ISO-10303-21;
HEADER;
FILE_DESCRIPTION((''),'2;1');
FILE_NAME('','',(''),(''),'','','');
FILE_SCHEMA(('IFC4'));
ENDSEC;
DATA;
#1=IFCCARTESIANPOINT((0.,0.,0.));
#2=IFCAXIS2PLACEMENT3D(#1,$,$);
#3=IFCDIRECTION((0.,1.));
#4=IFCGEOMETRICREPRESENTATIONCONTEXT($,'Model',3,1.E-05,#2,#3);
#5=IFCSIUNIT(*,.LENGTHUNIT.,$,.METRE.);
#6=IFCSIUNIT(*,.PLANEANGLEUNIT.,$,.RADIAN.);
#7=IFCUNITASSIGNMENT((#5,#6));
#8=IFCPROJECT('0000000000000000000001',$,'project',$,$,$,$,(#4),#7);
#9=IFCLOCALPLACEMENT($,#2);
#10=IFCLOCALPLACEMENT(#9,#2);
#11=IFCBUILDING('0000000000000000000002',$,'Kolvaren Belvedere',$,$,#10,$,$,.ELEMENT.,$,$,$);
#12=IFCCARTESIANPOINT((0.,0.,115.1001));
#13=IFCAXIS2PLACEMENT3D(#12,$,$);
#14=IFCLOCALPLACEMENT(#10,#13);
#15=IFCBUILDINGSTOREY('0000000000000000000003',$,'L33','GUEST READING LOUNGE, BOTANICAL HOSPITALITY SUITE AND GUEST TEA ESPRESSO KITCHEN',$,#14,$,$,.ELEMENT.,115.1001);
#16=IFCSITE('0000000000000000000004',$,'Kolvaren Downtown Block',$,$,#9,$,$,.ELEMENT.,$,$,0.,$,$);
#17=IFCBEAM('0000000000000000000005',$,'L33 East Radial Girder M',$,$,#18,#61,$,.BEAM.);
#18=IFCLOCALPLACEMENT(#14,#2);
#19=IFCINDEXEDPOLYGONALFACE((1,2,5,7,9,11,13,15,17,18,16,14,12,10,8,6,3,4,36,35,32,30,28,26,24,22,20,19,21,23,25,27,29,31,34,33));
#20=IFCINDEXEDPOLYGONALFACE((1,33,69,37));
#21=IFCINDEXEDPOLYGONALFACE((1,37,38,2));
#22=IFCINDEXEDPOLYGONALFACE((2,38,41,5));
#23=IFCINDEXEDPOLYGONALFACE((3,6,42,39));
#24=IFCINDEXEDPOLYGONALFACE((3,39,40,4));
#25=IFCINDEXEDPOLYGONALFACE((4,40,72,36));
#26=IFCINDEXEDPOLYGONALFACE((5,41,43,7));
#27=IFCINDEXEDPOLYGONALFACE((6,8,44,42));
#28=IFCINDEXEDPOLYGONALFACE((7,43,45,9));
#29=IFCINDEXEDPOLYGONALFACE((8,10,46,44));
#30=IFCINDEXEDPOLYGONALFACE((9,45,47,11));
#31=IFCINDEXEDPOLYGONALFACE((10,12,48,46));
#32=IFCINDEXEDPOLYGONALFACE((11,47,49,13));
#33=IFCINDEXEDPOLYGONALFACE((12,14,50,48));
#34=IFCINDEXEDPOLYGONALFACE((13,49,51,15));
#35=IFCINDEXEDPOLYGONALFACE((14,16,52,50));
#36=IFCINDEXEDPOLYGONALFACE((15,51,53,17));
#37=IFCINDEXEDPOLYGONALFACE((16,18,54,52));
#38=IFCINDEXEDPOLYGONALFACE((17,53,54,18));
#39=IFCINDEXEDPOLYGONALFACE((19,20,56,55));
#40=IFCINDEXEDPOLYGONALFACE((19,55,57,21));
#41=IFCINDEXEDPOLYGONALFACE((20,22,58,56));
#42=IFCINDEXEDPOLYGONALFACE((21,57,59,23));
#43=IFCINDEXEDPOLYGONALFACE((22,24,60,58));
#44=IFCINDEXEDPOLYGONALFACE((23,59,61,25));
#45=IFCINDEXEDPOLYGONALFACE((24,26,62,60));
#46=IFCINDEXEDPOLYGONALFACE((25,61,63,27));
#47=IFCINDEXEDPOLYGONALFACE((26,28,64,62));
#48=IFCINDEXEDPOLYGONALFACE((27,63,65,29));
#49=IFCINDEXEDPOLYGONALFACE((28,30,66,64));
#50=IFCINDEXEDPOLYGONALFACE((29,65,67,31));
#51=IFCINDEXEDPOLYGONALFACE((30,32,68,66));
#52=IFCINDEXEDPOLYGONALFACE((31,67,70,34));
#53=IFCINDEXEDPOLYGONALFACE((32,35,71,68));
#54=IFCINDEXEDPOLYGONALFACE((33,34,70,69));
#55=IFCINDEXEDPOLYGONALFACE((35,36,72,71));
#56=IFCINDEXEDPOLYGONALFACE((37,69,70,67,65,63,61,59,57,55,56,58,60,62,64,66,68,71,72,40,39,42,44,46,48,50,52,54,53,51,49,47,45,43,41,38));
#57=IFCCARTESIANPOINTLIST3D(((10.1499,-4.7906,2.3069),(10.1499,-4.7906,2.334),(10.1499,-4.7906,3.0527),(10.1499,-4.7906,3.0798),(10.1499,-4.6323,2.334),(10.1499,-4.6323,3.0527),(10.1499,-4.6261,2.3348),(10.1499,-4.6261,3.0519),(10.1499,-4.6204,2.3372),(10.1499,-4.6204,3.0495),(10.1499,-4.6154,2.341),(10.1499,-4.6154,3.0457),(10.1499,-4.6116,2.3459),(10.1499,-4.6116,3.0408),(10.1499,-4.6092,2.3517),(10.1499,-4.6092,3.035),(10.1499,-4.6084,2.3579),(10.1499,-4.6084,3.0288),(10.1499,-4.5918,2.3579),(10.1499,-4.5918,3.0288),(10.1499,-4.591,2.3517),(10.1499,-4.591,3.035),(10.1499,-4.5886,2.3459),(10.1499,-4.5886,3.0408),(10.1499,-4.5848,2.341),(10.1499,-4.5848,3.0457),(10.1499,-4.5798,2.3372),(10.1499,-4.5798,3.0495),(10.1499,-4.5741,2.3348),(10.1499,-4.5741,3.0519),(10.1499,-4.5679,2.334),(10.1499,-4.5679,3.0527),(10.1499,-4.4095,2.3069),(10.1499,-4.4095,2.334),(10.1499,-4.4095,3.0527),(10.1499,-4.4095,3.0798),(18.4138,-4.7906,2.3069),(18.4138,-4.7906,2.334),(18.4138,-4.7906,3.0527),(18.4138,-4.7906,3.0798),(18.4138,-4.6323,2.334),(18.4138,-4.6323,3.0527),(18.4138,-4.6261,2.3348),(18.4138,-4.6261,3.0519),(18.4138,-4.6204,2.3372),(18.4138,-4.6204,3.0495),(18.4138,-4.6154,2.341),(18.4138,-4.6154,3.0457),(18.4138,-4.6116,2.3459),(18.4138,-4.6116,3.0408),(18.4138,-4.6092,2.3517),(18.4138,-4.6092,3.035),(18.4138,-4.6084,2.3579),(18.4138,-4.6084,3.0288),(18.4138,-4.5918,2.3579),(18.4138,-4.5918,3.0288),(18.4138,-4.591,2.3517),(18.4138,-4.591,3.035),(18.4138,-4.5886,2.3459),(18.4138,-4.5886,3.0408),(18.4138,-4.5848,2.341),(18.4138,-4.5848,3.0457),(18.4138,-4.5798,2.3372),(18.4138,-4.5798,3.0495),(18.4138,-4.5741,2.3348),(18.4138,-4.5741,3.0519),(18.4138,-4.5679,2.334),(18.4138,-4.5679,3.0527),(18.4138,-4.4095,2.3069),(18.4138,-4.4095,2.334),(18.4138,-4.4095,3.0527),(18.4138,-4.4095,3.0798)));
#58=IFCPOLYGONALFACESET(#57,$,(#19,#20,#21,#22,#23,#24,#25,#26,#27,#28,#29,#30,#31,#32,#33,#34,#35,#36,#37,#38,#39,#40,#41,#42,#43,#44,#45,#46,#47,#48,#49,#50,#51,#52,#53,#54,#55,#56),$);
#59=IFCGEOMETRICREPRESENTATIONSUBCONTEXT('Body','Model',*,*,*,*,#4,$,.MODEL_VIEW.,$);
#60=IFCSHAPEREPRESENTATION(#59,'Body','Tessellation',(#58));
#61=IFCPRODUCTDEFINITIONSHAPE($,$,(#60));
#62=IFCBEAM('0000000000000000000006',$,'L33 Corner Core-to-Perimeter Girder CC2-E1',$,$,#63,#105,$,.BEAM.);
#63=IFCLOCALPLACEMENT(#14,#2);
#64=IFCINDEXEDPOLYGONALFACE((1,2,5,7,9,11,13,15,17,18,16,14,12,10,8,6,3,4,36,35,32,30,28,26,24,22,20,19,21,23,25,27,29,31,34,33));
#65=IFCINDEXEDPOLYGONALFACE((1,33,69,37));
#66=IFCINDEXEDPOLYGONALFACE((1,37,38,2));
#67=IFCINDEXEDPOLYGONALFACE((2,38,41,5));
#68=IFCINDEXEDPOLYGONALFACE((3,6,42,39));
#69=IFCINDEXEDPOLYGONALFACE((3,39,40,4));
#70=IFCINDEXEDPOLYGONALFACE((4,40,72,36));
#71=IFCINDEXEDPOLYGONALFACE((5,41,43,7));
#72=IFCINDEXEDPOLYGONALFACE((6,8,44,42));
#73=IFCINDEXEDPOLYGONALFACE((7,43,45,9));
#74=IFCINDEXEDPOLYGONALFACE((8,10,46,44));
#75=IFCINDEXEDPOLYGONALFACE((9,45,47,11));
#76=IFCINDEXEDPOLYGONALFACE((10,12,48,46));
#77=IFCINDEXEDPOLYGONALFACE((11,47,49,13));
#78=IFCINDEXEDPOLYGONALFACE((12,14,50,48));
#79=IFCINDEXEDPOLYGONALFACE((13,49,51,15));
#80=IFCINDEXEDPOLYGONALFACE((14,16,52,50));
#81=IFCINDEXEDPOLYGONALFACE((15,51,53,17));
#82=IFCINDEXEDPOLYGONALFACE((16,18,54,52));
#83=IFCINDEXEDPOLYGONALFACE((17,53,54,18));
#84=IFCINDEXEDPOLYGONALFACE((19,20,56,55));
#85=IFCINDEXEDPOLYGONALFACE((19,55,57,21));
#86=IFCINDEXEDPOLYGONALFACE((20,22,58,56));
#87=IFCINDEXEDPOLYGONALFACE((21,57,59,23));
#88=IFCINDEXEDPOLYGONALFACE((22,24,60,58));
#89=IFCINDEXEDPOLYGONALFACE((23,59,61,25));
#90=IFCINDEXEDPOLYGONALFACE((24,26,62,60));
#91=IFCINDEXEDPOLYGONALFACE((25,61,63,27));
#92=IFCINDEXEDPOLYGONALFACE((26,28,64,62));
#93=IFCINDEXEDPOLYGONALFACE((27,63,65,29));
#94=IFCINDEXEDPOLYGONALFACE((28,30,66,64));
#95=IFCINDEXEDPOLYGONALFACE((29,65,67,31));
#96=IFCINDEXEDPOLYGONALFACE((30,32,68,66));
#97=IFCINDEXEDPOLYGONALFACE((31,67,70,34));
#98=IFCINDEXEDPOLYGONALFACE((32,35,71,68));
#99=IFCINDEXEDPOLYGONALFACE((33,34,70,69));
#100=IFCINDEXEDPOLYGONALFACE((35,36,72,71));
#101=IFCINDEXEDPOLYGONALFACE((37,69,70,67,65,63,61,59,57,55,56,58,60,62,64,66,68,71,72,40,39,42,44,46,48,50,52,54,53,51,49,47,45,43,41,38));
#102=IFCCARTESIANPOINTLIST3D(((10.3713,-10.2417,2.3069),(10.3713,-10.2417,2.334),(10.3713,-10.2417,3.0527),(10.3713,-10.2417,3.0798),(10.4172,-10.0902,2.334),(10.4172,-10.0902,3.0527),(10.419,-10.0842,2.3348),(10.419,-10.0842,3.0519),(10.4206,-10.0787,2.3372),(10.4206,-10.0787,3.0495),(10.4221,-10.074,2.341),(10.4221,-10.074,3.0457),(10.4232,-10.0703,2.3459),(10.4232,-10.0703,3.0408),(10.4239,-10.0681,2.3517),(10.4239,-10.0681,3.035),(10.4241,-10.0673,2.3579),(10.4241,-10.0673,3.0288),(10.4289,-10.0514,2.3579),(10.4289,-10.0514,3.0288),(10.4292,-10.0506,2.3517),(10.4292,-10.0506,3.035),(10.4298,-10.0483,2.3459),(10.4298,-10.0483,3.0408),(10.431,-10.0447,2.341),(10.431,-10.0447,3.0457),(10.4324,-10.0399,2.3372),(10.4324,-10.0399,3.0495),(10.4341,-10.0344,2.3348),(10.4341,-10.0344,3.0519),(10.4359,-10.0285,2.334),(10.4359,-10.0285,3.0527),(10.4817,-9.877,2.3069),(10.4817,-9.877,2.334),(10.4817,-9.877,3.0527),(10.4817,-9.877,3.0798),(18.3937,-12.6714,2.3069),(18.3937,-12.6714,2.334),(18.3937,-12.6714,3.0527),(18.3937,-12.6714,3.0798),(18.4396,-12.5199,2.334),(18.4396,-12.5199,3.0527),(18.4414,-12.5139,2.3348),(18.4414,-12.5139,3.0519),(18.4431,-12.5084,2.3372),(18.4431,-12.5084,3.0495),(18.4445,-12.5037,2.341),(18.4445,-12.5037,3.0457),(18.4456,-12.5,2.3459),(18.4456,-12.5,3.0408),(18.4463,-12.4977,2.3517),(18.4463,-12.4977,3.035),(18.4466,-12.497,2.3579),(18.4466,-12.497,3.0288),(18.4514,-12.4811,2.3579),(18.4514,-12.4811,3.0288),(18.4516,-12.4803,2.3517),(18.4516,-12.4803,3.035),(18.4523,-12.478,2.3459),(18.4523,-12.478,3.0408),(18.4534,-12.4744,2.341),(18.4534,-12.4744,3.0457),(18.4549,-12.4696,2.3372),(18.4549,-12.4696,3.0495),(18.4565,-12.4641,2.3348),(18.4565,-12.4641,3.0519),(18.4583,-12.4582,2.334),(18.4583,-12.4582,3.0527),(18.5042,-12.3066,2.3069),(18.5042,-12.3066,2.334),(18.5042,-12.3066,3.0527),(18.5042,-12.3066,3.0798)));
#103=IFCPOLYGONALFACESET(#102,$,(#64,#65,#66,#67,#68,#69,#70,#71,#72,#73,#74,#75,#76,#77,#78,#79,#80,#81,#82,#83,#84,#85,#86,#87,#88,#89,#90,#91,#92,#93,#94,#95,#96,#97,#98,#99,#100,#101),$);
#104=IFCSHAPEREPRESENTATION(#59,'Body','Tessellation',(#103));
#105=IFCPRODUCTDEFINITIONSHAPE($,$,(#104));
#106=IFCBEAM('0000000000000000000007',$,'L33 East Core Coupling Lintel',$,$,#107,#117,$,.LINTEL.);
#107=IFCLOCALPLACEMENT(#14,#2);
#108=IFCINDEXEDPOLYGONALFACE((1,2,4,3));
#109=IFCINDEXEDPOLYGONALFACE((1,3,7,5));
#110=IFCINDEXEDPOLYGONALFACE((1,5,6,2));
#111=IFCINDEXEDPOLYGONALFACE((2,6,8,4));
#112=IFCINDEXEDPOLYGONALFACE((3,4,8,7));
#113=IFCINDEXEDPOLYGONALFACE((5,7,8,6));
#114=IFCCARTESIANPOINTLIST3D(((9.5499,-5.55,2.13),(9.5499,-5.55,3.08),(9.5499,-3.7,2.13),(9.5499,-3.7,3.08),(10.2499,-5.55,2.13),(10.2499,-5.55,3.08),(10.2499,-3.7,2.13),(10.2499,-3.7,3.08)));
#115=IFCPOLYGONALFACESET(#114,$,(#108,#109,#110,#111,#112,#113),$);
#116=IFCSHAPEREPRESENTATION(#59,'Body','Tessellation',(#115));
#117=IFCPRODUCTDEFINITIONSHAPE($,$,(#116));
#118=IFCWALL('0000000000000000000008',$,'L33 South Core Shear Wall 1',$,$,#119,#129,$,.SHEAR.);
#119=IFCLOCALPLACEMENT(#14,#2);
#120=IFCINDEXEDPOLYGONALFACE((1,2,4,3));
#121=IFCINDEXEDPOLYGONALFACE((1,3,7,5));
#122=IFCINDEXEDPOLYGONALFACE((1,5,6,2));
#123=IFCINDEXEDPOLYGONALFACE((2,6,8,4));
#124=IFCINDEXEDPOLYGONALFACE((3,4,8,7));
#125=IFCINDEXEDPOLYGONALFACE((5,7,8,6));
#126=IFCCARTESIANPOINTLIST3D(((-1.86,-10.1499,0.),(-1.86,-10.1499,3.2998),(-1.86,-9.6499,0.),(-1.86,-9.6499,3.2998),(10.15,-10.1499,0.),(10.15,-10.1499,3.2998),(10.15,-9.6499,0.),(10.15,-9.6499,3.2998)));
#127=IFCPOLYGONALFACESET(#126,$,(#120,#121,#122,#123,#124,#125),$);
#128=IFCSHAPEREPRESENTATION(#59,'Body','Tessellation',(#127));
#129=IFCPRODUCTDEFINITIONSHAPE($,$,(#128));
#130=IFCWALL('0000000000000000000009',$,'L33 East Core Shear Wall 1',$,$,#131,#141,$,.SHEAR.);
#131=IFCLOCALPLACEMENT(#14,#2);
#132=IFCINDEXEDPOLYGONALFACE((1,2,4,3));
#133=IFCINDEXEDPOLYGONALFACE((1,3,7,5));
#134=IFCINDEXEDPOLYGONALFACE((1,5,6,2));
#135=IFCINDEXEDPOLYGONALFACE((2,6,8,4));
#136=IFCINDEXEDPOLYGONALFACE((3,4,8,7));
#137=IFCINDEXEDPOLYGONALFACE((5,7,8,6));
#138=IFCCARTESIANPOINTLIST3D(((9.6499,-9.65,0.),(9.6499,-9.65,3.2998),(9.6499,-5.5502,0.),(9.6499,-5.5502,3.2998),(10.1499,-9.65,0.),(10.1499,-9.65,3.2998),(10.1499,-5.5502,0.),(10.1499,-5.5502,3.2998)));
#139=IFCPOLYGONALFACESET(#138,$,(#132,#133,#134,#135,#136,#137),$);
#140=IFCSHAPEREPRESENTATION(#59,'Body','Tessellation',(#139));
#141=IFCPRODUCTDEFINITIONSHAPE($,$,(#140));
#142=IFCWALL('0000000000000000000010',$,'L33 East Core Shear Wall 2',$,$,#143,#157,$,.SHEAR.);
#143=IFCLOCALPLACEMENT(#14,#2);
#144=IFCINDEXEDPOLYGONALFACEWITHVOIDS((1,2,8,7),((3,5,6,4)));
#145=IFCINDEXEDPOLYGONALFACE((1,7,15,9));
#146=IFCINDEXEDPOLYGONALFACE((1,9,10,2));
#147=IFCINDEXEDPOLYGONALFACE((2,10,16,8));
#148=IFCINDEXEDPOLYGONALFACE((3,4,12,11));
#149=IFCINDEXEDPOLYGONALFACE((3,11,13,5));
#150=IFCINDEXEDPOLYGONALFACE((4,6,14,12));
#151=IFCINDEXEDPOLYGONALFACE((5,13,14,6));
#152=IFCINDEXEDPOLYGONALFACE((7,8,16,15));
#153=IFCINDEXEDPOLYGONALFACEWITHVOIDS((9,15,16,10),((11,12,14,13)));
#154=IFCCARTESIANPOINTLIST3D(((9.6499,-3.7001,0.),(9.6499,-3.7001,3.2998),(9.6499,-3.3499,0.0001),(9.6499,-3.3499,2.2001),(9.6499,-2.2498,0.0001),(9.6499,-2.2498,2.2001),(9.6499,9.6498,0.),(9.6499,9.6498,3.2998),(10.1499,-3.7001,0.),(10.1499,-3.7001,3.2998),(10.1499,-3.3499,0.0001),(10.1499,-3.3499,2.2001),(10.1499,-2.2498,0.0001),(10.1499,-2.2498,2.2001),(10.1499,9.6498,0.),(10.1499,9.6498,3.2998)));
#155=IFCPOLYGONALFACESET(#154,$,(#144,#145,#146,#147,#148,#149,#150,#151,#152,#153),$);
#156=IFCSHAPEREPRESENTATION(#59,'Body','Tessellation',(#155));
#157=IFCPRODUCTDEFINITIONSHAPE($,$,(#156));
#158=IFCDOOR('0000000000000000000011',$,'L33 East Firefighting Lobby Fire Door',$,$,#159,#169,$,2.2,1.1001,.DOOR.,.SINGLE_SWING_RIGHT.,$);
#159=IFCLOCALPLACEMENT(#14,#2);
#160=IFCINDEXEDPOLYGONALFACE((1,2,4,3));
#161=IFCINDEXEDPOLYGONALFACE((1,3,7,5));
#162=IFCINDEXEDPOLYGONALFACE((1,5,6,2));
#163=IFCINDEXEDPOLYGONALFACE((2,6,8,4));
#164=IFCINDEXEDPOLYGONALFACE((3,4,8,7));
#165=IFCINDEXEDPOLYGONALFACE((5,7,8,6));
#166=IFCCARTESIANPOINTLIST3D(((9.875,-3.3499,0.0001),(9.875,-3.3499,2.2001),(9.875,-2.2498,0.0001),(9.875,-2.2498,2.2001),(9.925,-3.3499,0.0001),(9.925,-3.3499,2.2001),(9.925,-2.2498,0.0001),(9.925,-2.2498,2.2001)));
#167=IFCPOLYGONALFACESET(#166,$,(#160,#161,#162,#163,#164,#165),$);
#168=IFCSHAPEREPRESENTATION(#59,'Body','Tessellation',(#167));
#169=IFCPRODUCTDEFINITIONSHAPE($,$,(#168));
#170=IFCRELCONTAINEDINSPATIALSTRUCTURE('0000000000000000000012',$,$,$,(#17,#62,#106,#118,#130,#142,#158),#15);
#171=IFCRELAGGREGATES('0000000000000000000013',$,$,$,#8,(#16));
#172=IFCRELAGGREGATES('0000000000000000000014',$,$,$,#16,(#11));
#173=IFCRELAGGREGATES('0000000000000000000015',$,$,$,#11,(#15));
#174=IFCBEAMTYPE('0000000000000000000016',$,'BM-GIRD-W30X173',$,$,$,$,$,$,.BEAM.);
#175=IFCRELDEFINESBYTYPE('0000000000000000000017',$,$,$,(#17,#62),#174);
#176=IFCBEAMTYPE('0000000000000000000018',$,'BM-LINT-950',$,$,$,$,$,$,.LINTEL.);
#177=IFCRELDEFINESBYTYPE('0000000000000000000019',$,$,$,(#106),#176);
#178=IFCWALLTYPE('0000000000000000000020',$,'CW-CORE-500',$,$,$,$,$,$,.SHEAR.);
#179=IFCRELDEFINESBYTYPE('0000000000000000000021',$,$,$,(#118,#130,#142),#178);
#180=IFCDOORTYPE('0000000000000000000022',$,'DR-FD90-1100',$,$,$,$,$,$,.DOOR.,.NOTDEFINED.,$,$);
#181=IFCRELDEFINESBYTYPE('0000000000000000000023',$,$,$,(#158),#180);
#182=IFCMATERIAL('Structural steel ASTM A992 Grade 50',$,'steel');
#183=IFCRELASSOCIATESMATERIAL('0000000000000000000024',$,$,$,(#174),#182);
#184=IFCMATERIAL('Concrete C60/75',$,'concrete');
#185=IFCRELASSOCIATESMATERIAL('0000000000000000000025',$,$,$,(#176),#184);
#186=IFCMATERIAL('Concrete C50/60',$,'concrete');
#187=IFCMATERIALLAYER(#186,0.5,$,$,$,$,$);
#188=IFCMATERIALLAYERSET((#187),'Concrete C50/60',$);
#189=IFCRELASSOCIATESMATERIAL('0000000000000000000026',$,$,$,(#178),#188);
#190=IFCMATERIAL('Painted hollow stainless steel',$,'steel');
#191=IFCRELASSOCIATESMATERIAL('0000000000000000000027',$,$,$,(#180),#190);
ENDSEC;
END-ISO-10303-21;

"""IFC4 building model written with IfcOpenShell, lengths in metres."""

from ifc_helpers import new_model, si_unit, direction, frame, frame_2d, origin, origin_2d, place, context, subcontext, project, spatial, rectangle, i_section, extrude, material, layer, layer_set, material_profile, profile_set, type_object, element, fill, save


model = new_model("IFC4")

# Units and contexts
model_context = context("Model", 3, precision=1e-05, world=origin(), true_north=direction((0.0, 1.0)))
body_context = subcontext(model_context, "Body", "Model", "MODEL_VIEW")
ifc_project = project(units=[si_unit("LENGTHUNIT", "METRE"), si_unit("PLANEANGLEUNIT", "RADIAN")], contexts=[model_context])

# Site, building, storey
site_placement = place(None, origin())
site = spatial("IfcSite", under=ifc_project, at=site_placement, Name="Kolvaren Downtown Block", CompositionType="ELEMENT", RefElevation=0.0)
building_placement = place(site_placement, origin())
building = spatial("IfcBuilding", under=site, at=building_placement, Name="Kolvaren Belvedere", CompositionType="ELEMENT")
storey_placement = place(building_placement, frame((0.0, 0.0, 115.1001)))
storey = spatial("IfcBuildingStorey", under=building, at=storey_placement, Name="L33", Description="GUEST READING LOUNGE, BOTANICAL HOSPITALITY SUITE AND GUEST TEA ESPRESSO KITCHEN", CompositionType="ELEMENT", Elevation=115.1001)

# Beams
ifc_material_1 = material(Name="Structural steel ASTM A992 Grade 50", Category="steel")
ifc_material_profile_1 = material_profile(ifc_material_1, i_section(OverallWidth=0.3811, OverallDepth=0.7729, WebThickness=0.0166, FlangeThickness=0.0271, FilletRadius=0.0239, at=origin_2d()), Name="W30X173")
ifc_profile_set_1 = profile_set([ifc_material_profile_1], Name="Structural steel ASTM A992 Grade 50")
beam_type_1 = type_object("IfcBeamType", Name="BM-GIRD-W30X173", PredefinedType="BEAM", material=ifc_profile_set_1)
for number, where, z_axis, x_axis, name in (
    (1, (10.1499, -4.6001, 2.6934), (1.0, 0.0, 0.0), (0.0, 1.0, 0.0), "L33 East Radial Girder M"),
):
    element("IfcBeam", number, at=place(storey_placement, frame(where, z_axis=z_axis, x_axis=x_axis)), inside=storey, type_object=beam_type_1, Name=name, PredefinedType="BEAM", context=body_context, shape_type="SweptSolid", body=[
        extrude(i_section(OverallWidth=0.3811, OverallDepth=0.7729, WebThickness=0.0166, FlangeThickness=0.0271, FilletRadius=0.0239, at=origin_2d()), origin(), (0.0, 0.0, 1.0), 8.2639),
    ])
beam_1_placement = place(storey_placement, frame((10.4265, -10.0593, 2.6934), z_axis=(0.957069, -0.289859, 0.0), x_axis=(0.289859, 0.957069, 0.0)))
element("IfcBeam", 2, at=beam_1_placement, inside=storey, type_object=beam_type_1, Name="L33 Corner Core-to-Perimeter Girder CC2-E1", PredefinedType="BEAM", context=body_context, shape_type="SweptSolid", body=[
    extrude(i_section(OverallWidth=0.3811, OverallDepth=0.7729, WebThickness=0.0166, FlangeThickness=0.0271, FilletRadius=0.0239, at=origin_2d()), origin(), (0.0, 0.0, 1.0), 8.3823),
])
ifc_material_2 = material(Name="Concrete C60/75", Category="concrete")
ifc_material_profile_2 = material_profile(ifc_material_2, rectangle(XDim=0.7, YDim=0.95, at=origin_2d()), Name="RC 700X950")
ifc_profile_set_2 = profile_set([ifc_material_profile_2], Name="Concrete C60/75")
beam_type_2 = type_object("IfcBeamType", Name="BM-LINT-950", PredefinedType="LINTEL", material=ifc_profile_set_2)
beam_2_placement = place(storey_placement, frame((9.8999, -5.55, 2.605), z_axis=(0.0, 1.0, 0.0), x_axis=(-1.0, 0.0, 0.0)))
element("IfcBeam", 3, at=beam_2_placement, inside=storey, type_object=beam_type_2, Name="L33 East Core Coupling Lintel", PredefinedType="LINTEL", context=body_context, shape_type="SweptSolid", body=[
    extrude(rectangle(XDim=0.7, YDim=0.95, at=origin_2d()), origin(), (0.0, 0.0, 1.0), 1.8501),
])

# Walls
ifc_material_3 = material(Name="Concrete C50/60", Category="concrete")
ifc_layer_1 = layer(ifc_material_3, 0.5)
ifc_layer_set_1 = layer_set([ifc_layer_1], Name="Concrete C50/60")
wall_type_1 = type_object("IfcWallType", Name="CW-CORE-500", PredefinedType="SHEAR", material=ifc_layer_set_1)
wall_1_placement = place(storey_placement, frame((10.1499, -9.8999, 0.0), z_axis=(0.0, 0.0, 1.0), x_axis=(-1.0, 0.0, 0.0)))
element("IfcWall", 4, at=wall_1_placement, inside=storey, type_object=wall_type_1, Name="L33 South Core Shear Wall 1", PredefinedType="SHEAR", context=body_context, shape_type="SweptSolid", body=[
    extrude(rectangle(XDim=12.01, YDim=0.5, at=frame_2d((6.0049, 0.0))), origin(), (0.0, 0.0, 1.0), 3.2998),
])
wall_2_placement = place(storey_placement, frame((9.8999, -9.6499, 0.0), z_axis=(0.0, 0.0, 1.0), x_axis=(0.0, 1.0, 0.0)))
element("IfcWall", 5, at=wall_2_placement, inside=storey, type_object=wall_type_1, Name="L33 East Core Shear Wall 1", PredefinedType="SHEAR", context=body_context, shape_type="SweptSolid", body=[
    extrude(rectangle(XDim=4.0999, YDim=0.5, at=frame_2d((2.0498, 0.0))), origin(), (0.0, 0.0, 1.0), 3.2998),
])

# Wall, opening, door
wall_3_placement = place(storey_placement, frame((9.8999, -3.7, 0.0), z_axis=(0.0, 0.0, 1.0), x_axis=(0.0, 1.0, 0.0)))
wall_3 = element("IfcWall", 6, at=wall_3_placement, inside=storey, type_object=wall_type_1, Name="L33 East Core Shear Wall 2", PredefinedType="SHEAR", context=body_context, shape_type="SweptSolid", body=[
    extrude(rectangle(XDim=13.3499, YDim=0.5, at=frame_2d((6.6748, 0.0))), origin(), (0.0, 0.0, 1.0), 3.2998),
])
opening_1_placement = place(wall_3_placement, frame((0.3501, 0.0, 0.0)))
opening_1 = element("IfcOpeningElement", 7, at=opening_1_placement, cuts=wall_3, PredefinedType="OPENING", context=body_context, shape_type="SweptSolid", body=[
    extrude(rectangle(XDim=1.1001, YDim=2.2, at=frame_2d((0.55, 1.1001))), frame((0.0, 0.26, 0.0), z_axis=(0.0, -1.0, 0.0), x_axis=(1.0, 0.0, 0.0)), (0.0, 0.0, 1.0), 0.52),
])
ifc_material_4 = material(Name="Painted hollow stainless steel", Category="steel")
door_type_1 = type_object("IfcDoorType", Name="DR-FD90-1100", OperationType="NOTDEFINED", PredefinedType="DOOR", material=ifc_material_4)
door_1_placement = place(opening_1_placement, origin())
door_1 = element("IfcDoor", 8, at=door_1_placement, inside=storey, type_object=door_type_1, Name="L33 East Firefighting Lobby Fire Door", OperationType="SINGLE_SWING_RIGHT", OverallHeight=2.2, OverallWidth=1.1001, PredefinedType="DOOR", context=body_context, shape_type="SweptSolid", body=[
    extrude(rectangle(XDim=1.1001, YDim=2.2, at=frame_2d((0.55, 1.1001))), frame((0.0, 0.0249, 0.0), z_axis=(0.0, -1.0, 0.0), x_axis=(1.0, 0.0, 0.0)), (0.0, 0.0, 1.0), 0.05),
])
fill(opening_1, door_1)

save(model, "model.ifc")
